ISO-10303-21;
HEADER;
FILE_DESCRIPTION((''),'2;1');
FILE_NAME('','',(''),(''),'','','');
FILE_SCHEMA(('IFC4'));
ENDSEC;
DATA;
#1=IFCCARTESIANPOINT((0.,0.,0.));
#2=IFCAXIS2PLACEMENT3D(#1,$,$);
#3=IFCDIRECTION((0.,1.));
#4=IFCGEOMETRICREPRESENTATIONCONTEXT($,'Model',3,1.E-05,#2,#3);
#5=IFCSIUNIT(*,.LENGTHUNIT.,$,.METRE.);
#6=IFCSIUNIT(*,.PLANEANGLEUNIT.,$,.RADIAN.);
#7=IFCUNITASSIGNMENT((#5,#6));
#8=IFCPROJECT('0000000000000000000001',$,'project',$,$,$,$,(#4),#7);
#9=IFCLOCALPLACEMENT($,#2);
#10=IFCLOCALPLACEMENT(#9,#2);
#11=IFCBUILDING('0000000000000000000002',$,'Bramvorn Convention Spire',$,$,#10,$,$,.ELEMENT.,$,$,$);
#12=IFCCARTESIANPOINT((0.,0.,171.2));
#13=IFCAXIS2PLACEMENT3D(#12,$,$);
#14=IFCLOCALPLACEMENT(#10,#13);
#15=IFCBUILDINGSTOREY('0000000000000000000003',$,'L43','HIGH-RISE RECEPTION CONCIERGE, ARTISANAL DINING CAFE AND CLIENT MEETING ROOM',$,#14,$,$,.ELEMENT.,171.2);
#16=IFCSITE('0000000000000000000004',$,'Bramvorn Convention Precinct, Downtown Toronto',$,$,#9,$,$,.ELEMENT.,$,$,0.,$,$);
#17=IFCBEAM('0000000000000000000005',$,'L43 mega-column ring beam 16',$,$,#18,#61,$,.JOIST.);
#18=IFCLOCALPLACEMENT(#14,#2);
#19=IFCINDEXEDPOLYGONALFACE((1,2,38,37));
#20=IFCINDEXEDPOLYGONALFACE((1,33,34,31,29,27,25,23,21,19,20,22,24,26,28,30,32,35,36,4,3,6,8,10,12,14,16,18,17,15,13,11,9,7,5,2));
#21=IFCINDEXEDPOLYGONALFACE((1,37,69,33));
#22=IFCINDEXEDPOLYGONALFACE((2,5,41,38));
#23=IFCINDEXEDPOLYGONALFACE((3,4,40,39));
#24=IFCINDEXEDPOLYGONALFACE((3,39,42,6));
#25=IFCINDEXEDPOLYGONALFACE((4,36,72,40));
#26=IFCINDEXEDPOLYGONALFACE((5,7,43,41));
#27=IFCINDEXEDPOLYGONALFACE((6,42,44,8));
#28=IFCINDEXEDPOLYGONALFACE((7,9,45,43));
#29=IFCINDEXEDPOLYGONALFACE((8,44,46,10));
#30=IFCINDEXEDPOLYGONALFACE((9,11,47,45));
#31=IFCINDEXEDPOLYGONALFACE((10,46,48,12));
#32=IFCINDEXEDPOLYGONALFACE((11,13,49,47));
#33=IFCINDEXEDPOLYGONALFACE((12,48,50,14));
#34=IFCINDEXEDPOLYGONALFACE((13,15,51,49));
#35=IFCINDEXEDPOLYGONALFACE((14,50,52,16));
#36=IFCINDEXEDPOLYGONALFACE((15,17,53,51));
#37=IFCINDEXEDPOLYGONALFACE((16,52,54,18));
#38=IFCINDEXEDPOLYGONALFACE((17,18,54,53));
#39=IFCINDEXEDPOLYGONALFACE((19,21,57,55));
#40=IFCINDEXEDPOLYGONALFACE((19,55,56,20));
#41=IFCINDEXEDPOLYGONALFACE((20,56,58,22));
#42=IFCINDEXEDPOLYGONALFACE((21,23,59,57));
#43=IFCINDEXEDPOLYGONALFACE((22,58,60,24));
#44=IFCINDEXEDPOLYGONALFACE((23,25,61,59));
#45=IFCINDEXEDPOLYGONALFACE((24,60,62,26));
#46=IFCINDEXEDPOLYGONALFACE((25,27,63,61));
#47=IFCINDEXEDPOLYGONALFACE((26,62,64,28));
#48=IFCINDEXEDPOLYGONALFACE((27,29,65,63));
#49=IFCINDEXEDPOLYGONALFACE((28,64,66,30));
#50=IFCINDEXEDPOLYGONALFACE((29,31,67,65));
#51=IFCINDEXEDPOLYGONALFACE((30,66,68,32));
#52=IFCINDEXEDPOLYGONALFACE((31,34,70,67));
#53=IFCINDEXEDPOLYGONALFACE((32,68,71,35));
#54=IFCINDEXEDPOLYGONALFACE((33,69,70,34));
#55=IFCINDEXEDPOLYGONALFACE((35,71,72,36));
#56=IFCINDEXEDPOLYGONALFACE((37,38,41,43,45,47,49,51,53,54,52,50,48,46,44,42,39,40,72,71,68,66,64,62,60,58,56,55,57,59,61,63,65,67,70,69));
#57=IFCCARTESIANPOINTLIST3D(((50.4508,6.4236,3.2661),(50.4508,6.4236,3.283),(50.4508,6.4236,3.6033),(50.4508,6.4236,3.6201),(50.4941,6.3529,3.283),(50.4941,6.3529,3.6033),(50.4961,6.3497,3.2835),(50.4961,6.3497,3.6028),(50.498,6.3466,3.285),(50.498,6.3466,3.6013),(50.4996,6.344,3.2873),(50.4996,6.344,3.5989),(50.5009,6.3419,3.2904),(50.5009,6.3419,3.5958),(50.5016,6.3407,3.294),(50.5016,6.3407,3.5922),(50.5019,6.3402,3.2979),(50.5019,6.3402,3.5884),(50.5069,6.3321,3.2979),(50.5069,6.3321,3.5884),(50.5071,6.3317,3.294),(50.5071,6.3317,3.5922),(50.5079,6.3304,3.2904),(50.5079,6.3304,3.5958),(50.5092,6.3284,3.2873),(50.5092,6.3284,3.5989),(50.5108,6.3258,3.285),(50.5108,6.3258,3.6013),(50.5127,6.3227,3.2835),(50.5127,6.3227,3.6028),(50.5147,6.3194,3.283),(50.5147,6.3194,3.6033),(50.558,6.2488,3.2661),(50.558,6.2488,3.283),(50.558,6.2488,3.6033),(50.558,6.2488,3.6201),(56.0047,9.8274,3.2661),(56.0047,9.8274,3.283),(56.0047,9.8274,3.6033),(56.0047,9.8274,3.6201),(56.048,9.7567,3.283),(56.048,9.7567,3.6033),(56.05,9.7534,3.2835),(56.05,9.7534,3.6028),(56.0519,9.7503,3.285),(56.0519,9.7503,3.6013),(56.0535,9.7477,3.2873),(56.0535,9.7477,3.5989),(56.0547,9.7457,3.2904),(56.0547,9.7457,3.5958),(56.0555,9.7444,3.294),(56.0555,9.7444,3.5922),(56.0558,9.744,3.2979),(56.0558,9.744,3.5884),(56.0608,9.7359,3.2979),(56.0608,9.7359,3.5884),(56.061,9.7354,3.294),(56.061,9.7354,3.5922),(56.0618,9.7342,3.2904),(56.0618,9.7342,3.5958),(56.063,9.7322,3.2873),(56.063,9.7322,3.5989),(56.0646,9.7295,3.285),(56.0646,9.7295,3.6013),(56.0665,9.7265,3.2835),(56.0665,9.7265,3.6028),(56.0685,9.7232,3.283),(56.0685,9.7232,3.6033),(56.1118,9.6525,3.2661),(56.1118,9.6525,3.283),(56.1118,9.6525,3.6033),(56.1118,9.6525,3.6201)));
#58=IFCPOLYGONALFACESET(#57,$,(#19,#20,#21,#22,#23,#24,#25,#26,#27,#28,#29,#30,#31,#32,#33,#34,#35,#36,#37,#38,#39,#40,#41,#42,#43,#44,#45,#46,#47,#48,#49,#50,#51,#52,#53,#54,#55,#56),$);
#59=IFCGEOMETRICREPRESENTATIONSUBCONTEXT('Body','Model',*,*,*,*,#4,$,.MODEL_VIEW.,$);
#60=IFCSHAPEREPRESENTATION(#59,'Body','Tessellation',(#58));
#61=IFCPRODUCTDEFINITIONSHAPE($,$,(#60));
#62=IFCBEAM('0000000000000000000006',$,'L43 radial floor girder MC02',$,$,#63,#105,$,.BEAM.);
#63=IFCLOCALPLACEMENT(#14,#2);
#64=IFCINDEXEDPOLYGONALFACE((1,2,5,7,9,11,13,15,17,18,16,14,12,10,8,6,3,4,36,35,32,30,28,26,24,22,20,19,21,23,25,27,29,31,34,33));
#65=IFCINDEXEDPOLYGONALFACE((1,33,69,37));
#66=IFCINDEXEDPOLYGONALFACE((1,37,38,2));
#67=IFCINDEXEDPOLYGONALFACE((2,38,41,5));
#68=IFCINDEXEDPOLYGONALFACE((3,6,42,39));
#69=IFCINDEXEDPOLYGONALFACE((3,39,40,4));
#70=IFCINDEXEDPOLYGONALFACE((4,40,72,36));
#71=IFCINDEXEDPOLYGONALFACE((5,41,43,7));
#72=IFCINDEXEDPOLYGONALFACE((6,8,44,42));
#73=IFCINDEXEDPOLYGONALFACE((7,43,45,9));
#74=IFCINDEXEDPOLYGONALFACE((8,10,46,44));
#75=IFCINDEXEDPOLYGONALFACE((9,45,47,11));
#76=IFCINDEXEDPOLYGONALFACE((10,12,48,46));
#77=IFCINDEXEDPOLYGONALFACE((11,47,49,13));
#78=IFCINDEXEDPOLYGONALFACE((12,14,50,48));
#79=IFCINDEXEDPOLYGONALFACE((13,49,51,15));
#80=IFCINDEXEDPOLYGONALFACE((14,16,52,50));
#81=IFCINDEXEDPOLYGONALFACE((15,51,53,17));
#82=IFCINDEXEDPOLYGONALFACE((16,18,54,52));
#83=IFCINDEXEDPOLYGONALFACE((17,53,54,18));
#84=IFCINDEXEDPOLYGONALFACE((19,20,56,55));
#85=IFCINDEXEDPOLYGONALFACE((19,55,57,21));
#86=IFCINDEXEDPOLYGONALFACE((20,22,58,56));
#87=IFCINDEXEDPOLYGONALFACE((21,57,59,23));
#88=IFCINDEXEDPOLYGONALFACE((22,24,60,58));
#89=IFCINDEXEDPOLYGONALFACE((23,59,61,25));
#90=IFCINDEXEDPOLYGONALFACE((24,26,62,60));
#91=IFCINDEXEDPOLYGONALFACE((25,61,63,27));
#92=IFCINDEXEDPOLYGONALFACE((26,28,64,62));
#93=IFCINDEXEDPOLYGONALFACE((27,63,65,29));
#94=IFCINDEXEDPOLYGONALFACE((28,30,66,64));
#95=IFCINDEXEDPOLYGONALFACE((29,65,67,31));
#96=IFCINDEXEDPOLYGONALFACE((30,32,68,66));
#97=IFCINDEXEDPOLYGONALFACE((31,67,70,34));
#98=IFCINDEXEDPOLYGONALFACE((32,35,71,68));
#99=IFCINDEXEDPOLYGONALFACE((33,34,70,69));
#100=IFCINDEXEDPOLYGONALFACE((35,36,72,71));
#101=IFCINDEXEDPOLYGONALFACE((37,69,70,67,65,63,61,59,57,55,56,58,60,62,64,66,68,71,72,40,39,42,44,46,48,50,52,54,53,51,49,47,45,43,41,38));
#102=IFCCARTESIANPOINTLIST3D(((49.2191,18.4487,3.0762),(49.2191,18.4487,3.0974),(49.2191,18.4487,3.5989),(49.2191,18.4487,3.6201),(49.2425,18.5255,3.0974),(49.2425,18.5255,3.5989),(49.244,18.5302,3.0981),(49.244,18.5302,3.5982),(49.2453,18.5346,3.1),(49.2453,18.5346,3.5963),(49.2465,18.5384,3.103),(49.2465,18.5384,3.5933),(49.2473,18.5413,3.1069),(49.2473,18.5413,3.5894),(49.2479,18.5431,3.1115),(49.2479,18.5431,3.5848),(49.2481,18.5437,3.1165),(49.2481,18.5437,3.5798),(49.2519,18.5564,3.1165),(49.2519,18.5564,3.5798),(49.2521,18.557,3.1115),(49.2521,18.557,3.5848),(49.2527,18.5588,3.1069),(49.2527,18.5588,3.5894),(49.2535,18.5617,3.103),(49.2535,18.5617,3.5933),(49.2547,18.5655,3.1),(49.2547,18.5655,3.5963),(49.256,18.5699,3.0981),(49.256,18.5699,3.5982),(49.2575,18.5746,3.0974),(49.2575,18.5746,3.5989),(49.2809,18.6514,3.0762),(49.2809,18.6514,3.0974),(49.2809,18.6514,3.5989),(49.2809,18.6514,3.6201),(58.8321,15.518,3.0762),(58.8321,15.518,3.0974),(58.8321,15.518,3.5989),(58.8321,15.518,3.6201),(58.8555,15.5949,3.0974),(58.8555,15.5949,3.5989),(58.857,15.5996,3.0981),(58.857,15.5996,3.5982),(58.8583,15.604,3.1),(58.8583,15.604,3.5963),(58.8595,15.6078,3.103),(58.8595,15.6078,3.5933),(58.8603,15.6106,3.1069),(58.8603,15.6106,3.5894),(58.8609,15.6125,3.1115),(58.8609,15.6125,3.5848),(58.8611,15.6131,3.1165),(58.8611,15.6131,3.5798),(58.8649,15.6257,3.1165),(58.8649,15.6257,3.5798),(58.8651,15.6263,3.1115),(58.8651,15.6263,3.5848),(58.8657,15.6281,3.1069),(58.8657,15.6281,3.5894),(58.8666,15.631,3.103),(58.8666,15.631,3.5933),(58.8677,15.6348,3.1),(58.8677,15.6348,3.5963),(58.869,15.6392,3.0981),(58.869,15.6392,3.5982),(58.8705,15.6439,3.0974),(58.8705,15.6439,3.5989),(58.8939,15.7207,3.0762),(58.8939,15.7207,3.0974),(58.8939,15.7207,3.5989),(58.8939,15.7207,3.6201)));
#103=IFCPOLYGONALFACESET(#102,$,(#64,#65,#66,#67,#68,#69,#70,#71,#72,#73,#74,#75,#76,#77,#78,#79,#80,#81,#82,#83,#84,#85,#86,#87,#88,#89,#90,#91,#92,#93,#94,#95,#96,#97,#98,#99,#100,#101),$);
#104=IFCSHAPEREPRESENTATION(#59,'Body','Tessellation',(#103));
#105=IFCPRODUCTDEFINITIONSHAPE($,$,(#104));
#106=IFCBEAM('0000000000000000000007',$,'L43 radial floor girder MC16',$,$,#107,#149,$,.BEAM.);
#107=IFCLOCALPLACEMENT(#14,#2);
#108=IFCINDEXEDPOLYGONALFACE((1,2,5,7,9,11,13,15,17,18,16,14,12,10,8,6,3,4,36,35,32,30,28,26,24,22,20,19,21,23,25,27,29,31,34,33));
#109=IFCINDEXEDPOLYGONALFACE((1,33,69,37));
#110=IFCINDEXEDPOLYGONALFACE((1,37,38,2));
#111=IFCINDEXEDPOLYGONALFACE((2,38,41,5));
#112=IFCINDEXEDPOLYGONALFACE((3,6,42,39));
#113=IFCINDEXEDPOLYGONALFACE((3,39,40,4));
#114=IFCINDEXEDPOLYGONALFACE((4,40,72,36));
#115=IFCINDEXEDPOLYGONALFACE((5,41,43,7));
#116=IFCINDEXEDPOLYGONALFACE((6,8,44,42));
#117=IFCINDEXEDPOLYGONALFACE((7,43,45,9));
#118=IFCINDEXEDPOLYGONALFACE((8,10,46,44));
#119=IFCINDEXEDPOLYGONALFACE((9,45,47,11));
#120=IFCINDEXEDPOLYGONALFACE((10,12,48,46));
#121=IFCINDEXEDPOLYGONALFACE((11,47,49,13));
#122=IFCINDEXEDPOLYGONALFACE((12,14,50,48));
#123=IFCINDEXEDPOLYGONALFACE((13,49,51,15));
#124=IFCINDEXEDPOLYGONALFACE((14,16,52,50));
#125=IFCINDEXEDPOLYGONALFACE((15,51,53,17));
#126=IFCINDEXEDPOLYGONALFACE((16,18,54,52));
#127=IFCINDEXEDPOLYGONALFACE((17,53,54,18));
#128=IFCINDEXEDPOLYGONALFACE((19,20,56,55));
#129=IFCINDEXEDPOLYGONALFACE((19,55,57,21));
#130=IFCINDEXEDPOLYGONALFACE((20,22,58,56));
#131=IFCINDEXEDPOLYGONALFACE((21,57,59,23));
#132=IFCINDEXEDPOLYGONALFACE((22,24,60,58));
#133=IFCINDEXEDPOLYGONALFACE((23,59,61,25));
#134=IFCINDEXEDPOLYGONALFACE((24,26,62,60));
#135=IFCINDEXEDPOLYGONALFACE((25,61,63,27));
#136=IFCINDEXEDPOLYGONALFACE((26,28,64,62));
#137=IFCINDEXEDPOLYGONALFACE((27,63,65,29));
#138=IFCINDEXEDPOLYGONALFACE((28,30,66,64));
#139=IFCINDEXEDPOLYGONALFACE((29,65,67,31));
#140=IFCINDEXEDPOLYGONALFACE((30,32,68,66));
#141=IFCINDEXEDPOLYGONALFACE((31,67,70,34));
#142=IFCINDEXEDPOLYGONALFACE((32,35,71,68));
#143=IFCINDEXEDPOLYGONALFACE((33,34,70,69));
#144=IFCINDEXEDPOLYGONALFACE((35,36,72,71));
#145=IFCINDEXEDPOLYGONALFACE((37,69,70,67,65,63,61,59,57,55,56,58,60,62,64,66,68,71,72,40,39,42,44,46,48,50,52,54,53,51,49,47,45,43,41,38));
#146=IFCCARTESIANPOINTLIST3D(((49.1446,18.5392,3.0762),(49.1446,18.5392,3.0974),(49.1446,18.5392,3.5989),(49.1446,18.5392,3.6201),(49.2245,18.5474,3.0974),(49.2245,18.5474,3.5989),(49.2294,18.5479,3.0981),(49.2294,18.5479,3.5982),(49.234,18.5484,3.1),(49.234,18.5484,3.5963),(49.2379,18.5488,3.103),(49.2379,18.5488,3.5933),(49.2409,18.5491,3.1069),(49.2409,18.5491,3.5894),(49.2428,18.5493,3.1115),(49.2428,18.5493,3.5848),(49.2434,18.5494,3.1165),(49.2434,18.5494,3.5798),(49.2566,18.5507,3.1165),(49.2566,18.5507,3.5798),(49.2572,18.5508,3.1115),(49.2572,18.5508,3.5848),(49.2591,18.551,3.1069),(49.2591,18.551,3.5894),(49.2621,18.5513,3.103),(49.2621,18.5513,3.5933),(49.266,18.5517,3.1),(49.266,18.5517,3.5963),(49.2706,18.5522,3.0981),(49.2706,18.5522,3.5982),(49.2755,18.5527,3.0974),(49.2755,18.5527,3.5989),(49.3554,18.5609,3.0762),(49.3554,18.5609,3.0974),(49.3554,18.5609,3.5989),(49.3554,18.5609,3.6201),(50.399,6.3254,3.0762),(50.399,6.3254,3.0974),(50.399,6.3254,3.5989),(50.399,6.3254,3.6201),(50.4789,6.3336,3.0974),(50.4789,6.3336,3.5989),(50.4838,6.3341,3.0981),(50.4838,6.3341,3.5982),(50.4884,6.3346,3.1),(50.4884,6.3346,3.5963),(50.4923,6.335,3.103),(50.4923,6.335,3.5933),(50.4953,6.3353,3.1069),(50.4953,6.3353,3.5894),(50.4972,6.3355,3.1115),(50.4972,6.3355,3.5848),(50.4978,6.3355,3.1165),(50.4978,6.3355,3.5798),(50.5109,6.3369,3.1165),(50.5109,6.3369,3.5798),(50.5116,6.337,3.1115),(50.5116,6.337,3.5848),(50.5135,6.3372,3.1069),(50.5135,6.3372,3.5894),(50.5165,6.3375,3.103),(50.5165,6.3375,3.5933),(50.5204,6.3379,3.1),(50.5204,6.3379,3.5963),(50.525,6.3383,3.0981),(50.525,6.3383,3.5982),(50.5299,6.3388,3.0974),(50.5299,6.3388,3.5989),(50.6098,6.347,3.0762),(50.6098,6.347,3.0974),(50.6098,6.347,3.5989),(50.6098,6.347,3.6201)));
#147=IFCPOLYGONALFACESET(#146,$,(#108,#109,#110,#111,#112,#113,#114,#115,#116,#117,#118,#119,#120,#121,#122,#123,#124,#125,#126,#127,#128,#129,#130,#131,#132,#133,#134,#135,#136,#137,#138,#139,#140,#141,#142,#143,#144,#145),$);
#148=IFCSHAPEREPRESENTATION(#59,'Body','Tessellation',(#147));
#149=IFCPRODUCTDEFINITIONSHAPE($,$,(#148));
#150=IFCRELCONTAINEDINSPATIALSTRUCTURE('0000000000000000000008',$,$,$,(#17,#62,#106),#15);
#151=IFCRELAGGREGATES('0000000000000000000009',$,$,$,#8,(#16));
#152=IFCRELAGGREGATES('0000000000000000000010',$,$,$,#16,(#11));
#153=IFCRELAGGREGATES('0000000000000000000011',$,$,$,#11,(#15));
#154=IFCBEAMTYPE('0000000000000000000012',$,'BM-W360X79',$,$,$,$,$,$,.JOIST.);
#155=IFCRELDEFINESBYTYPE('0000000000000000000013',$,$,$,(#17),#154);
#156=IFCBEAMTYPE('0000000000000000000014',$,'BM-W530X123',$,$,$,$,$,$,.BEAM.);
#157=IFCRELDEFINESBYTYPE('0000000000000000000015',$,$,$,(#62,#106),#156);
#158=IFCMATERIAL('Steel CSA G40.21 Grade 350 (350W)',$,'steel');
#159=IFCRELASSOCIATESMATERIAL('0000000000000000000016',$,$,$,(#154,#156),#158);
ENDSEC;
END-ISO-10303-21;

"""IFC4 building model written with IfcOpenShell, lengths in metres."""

from ifc_helpers import new_model, si_unit, direction, frame, origin, origin_2d, place, context, subcontext, project, spatial, i_section, extrude, material, material_profile, profile_set, type_object, element, save


model = new_model("IFC4")

# Units and contexts
model_context = context("Model", 3, precision=1e-05, world=origin(), true_north=direction((0.0, 1.0)))
body_context = subcontext(model_context, "Body", "Model", "MODEL_VIEW")
ifc_project = project(units=[si_unit("LENGTHUNIT", "METRE"), si_unit("PLANEANGLEUNIT", "RADIAN")], contexts=[model_context])

# Site, building, storey
site_placement = place(None, origin())
site = spatial("IfcSite", under=ifc_project, at=site_placement, Name="Bramvorn Convention Precinct, Downtown Toronto", CompositionType="ELEMENT", RefElevation=0.0)
building_placement = place(site_placement, origin())
building = spatial("IfcBuilding", under=site, at=building_placement, Name="Bramvorn Convention Spire", CompositionType="ELEMENT")
storey_placement = place(building_placement, frame((0.0, 0.0, 171.2)))
storey = spatial("IfcBuildingStorey", under=building, at=storey_placement, Name="L43", Description="HIGH-RISE RECEPTION CONCIERGE, ARTISANAL DINING CAFE AND CLIENT MEETING ROOM", CompositionType="ELEMENT", Elevation=171.2)

# Shared definitions
ifc_material_1 = material(Name="Steel CSA G40.21 Grade 350 (350W)", Category="steel")

# Beams
ifc_material_profile_1 = material_profile(ifc_material_1, i_section(OverallWidth=0.2051, OverallDepth=0.354, WebThickness=0.0095, FlangeThickness=0.0168, FilletRadius=0.0149, at=origin_2d()))
ifc_profile_set_1 = profile_set([ifc_material_profile_1], Name="Steel CSA G40.21 Grade 350 (350W) - W360X79")
beam_type_1 = type_object("IfcBeamType", Name="BM-W360X79", PredefinedType="JOIST", material=ifc_profile_set_1)
beam_1_placement = place(storey_placement, frame((50.5044, 6.3362, 3.4431), z_axis=(0.852617, 0.522537, 0.0), x_axis=(-0.522537, 0.852617, 0.0)))
element("IfcBeam", 1, at=beam_1_placement, inside=storey, type_object=beam_type_1, Name="L43 mega-column ring beam 16", PredefinedType="JOIST", context=body_context, shape_type="SweptSolid", body=[
    extrude(i_section(OverallWidth=0.2051, OverallDepth=0.354, WebThickness=0.0095, FlangeThickness=0.0168, FilletRadius=0.0149, at=origin_2d()), origin(), (0.0, 0.0, 1.0), 6.5139),
])
ifc_material_profile_2 = material_profile(ifc_material_1, i_section(OverallWidth=0.2119, OverallDepth=0.5439, WebThickness=0.0132, FlangeThickness=0.0212, FilletRadius=0.019, at=origin_2d()))
ifc_profile_set_2 = profile_set([ifc_material_profile_2], Name="Steel CSA G40.21 Grade 350 (350W) - W530X123")
beam_type_2 = type_object("IfcBeamType", Name="BM-W530X123", PredefinedType="BEAM", material=ifc_profile_set_2)
beam_2_placement = place(storey_placement, frame((49.25, 18.55, 3.3481), z_axis=(0.956536, -0.291613, 0.0), x_axis=(0.291613, 0.956536, 0.0)))
element("IfcBeam", 2, at=beam_2_placement, inside=storey, type_object=beam_type_2, Name="L43 radial floor girder MC02", PredefinedType="BEAM", context=body_context, shape_type="SweptSolid", body=[
    extrude(i_section(OverallWidth=0.2119, OverallDepth=0.5439, WebThickness=0.0132, FlangeThickness=0.0212, FilletRadius=0.019, at=origin_2d()), origin(), (0.0, 0.0, 1.0), 10.0498),
])
beam_3_placement = place(storey_placement, frame((49.25, 18.55, 3.3481), z_axis=(0.102165, -0.994767, 0.0), x_axis=(0.994767, 0.102165, 0.0)))
element("IfcBeam", 3, at=beam_3_placement, inside=storey, type_object=beam_type_2, Name="L43 radial floor girder MC16", PredefinedType="BEAM", context=body_context, shape_type="SweptSolid", body=[
    extrude(i_section(OverallWidth=0.2119, OverallDepth=0.5439, WebThickness=0.0132, FlangeThickness=0.0212, FilletRadius=0.019, at=origin_2d()), origin(), (0.0, 0.0, 1.0), 12.2781),
])

save(model, "model.ifc")
